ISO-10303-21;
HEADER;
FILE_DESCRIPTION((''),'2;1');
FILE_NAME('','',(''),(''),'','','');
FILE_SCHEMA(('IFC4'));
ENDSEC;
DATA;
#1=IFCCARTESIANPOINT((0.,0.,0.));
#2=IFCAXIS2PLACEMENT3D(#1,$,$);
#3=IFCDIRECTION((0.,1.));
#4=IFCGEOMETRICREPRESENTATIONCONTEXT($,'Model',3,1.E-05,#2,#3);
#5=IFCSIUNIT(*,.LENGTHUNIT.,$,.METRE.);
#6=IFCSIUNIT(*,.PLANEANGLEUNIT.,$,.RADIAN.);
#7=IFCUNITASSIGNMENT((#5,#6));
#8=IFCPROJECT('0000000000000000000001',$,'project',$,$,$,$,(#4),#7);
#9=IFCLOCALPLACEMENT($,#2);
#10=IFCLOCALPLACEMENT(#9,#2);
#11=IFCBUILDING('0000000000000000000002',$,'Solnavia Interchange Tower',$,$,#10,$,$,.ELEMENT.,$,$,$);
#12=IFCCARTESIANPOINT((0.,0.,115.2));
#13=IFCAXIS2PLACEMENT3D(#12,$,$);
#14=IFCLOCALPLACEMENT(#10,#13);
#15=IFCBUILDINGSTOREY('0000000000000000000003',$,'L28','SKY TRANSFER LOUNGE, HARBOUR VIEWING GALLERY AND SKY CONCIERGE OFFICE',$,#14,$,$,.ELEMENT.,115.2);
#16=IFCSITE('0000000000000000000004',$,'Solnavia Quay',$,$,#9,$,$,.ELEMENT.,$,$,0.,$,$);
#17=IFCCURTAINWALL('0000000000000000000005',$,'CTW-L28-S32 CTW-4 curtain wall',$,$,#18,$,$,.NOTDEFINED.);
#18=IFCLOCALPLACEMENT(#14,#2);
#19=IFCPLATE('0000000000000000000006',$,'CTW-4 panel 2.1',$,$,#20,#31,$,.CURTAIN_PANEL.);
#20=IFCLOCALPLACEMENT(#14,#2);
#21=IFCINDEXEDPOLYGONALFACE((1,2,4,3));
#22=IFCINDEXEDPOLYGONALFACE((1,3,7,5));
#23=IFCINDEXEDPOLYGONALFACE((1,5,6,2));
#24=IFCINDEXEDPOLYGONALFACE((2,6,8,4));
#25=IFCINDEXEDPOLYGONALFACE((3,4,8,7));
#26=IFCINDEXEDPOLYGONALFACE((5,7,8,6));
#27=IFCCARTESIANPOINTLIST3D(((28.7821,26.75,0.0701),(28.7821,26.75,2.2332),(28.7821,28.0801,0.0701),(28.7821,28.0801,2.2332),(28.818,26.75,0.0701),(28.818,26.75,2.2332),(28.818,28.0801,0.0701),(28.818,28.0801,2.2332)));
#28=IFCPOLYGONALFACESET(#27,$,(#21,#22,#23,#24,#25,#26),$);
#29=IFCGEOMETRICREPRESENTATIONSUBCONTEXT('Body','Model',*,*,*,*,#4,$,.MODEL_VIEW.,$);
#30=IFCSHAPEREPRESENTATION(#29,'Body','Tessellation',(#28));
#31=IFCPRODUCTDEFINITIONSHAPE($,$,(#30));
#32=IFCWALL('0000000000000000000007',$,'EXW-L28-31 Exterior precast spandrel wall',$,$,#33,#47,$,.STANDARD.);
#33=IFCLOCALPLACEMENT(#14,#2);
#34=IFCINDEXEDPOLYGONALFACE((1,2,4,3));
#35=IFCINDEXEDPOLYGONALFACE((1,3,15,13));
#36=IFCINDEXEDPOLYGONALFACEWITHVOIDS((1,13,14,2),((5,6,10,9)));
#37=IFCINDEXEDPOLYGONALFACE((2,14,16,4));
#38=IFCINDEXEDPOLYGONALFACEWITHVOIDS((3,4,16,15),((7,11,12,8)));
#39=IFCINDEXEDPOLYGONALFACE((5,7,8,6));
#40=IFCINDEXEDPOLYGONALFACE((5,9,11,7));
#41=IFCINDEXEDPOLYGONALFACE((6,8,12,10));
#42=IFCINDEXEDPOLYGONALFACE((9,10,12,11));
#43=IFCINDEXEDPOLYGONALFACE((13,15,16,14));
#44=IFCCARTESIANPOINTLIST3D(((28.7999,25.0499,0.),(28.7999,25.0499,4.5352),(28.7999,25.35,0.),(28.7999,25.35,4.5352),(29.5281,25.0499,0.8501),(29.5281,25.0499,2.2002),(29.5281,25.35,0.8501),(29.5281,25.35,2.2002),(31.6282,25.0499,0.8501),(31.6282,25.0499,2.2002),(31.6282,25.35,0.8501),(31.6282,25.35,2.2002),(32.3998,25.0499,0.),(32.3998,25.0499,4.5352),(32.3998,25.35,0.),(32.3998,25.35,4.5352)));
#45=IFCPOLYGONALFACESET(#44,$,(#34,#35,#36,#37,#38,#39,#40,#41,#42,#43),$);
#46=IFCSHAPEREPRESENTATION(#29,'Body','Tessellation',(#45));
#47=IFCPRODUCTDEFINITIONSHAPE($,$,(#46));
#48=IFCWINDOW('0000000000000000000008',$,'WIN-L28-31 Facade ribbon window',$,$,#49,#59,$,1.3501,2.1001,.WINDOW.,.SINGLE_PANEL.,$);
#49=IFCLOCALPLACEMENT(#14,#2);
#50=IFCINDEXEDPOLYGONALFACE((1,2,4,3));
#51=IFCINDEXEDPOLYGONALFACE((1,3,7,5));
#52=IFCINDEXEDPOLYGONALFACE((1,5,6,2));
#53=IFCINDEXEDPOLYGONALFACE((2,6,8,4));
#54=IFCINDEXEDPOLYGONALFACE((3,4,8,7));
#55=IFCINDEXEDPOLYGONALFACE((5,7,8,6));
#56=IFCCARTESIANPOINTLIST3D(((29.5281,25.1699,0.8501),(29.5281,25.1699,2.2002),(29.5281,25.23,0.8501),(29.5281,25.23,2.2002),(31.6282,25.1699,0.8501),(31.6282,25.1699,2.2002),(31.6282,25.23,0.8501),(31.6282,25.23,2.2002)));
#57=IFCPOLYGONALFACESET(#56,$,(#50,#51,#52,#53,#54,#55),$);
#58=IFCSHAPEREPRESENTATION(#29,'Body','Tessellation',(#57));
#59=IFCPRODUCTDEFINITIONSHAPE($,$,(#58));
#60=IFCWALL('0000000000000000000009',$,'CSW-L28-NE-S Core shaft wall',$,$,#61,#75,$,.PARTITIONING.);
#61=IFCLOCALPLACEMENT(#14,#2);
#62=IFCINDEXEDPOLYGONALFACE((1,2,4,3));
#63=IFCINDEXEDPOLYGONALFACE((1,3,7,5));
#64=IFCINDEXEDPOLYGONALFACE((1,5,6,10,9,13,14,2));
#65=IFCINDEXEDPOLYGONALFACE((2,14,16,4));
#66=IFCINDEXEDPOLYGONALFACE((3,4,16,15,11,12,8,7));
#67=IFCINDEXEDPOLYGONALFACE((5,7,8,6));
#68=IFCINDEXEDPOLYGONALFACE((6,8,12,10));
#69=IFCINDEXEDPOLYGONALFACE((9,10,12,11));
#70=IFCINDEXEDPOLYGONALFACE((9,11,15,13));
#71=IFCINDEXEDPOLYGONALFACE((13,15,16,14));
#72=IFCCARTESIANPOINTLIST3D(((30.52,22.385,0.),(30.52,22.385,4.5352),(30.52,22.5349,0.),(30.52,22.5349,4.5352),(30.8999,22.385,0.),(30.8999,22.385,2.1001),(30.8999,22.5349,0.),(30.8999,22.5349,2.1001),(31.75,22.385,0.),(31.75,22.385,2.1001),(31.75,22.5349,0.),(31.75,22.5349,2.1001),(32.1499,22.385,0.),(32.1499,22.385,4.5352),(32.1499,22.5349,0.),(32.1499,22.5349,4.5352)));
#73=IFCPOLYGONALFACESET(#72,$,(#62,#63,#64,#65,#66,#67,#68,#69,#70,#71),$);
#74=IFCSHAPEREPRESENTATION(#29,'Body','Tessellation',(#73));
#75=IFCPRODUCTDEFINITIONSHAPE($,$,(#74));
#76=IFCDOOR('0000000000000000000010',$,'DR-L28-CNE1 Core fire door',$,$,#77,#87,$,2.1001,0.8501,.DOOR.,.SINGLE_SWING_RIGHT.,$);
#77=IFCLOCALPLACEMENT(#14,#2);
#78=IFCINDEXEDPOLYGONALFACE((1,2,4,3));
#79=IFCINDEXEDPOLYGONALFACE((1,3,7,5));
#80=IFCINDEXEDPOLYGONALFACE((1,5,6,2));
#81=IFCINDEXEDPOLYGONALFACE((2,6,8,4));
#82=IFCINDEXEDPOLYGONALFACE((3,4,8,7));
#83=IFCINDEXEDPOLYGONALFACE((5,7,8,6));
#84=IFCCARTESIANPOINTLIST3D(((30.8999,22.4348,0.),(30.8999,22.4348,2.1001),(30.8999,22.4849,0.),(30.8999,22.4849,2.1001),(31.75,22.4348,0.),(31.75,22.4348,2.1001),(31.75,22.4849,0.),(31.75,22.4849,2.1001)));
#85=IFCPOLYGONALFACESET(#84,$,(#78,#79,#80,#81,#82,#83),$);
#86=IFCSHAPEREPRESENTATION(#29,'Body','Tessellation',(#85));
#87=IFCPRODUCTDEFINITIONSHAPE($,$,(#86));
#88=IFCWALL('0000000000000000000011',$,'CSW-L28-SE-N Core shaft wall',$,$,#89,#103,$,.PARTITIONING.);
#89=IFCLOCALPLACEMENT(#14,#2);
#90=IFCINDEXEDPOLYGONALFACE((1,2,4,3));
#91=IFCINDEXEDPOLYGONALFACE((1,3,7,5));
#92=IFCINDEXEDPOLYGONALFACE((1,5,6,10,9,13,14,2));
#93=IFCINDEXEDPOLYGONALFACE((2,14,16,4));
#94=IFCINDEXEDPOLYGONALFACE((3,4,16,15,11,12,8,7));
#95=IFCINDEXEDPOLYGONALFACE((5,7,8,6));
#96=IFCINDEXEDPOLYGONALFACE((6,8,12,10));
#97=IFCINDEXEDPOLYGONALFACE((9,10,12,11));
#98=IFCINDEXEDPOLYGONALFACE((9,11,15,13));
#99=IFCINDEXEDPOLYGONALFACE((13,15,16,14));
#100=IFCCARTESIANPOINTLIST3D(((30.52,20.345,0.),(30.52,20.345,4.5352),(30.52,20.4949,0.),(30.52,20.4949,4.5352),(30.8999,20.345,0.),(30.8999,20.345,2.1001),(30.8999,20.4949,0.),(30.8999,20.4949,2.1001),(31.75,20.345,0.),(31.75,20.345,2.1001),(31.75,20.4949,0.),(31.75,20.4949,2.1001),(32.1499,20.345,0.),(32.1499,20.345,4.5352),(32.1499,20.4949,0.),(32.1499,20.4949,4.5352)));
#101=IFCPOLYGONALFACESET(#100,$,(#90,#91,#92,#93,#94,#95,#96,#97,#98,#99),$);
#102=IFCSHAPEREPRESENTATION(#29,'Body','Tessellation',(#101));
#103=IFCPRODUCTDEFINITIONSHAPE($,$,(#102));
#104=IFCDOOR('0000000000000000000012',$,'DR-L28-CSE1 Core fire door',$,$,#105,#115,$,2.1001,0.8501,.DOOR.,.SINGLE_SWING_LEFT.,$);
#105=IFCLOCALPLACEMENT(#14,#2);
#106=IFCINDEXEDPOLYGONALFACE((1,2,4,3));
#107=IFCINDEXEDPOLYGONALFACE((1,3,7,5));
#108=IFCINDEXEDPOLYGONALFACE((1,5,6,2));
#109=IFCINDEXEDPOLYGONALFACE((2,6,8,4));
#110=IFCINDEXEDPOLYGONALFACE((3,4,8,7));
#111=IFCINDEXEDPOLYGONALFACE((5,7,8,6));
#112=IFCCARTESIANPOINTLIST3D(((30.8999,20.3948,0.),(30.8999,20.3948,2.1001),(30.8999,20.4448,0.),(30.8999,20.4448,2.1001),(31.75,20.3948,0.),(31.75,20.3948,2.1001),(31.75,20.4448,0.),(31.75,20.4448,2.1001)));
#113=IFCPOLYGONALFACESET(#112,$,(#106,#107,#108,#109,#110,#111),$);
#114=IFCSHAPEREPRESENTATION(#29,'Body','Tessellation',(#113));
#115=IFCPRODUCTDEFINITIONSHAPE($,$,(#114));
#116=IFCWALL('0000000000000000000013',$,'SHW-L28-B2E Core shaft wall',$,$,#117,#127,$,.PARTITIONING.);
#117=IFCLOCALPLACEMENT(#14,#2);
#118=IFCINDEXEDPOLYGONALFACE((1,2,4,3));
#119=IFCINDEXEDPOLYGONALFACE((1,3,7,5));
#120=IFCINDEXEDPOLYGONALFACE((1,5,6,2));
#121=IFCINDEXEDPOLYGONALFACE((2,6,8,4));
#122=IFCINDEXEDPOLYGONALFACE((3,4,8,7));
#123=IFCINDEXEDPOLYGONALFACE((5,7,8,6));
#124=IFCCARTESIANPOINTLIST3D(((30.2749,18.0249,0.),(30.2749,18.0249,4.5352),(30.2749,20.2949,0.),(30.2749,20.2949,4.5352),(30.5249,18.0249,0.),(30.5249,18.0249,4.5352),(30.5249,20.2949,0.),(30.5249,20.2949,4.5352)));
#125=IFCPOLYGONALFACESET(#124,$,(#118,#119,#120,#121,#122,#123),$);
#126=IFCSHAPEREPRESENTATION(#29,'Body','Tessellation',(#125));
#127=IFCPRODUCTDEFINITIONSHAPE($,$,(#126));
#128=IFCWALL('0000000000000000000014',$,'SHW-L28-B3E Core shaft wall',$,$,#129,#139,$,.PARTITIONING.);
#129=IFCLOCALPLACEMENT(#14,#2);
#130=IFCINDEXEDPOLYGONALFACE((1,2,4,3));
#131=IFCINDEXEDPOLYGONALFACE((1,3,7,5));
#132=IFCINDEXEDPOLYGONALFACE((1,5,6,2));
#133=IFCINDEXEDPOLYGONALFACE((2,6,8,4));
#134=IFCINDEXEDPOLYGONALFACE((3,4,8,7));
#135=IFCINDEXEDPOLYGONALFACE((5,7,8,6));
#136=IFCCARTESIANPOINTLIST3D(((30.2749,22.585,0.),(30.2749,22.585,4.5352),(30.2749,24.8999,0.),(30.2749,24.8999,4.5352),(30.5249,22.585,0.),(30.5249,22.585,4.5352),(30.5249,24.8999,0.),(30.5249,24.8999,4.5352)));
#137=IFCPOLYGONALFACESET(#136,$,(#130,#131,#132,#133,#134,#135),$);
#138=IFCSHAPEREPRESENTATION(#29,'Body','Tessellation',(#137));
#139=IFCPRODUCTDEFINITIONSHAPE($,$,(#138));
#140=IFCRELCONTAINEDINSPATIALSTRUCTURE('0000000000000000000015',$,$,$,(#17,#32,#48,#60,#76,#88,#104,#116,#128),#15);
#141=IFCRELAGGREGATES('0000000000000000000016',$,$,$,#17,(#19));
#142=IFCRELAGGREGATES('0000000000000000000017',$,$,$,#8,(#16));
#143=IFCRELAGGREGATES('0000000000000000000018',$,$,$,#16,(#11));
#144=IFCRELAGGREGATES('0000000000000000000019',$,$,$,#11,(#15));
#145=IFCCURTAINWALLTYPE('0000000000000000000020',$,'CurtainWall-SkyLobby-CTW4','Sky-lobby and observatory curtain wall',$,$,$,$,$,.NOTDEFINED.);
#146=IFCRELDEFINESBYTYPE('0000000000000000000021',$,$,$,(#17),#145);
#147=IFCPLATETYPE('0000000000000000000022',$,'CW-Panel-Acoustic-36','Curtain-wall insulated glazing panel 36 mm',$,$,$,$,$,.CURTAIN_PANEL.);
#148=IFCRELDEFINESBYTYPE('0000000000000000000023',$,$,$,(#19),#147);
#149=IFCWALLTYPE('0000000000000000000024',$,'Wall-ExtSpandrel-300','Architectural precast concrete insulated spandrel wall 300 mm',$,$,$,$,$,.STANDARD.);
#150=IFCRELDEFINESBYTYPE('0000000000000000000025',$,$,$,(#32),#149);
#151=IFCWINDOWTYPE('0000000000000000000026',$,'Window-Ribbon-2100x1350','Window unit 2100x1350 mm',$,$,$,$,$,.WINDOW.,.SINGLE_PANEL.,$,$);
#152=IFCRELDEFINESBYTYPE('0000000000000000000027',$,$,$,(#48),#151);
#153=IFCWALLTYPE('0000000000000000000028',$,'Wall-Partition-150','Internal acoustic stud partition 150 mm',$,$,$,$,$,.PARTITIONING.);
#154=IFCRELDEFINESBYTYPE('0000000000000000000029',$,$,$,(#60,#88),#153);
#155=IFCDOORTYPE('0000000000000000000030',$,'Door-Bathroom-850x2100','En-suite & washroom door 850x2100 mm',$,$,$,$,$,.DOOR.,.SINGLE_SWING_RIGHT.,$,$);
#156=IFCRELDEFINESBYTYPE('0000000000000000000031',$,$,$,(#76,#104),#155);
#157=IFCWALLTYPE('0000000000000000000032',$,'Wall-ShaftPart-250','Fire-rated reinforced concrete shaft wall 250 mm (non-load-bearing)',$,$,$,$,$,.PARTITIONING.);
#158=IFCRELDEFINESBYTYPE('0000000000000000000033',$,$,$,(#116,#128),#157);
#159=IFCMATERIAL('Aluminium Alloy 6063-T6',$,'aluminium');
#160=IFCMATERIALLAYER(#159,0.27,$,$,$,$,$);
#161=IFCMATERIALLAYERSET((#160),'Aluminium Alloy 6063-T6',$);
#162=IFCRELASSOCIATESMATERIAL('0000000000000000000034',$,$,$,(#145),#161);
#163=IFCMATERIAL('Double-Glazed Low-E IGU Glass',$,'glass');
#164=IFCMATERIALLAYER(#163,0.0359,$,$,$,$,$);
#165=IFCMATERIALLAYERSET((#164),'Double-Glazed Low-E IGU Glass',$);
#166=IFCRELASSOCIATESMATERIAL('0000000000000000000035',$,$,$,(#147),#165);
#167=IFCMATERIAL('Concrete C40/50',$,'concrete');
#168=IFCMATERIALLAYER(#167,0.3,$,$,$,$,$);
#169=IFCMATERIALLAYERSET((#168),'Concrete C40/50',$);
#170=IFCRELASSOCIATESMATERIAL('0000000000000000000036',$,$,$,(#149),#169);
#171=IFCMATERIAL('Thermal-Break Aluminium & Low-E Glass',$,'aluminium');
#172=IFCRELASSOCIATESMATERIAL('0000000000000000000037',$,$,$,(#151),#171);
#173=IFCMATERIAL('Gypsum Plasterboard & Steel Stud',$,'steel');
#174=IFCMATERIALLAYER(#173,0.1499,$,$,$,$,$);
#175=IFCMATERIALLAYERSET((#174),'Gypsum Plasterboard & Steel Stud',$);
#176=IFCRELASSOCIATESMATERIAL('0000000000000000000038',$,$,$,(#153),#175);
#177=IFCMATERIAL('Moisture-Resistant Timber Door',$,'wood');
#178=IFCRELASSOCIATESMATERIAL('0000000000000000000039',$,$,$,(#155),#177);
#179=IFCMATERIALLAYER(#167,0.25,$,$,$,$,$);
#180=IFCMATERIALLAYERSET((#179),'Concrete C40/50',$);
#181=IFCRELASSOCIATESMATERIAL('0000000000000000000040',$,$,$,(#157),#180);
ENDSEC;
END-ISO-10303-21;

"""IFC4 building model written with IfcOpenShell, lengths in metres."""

from ifc_helpers import new_model, si_unit, direction, frame, frame_2d, origin, origin_2d, place, context, subcontext, project, spatial, rectangle, extrude, material, layer, layer_set, type_object, element, fill, aggregate, save


model = new_model("IFC4")

# Units and contexts
model_context = context("Model", 3, precision=1e-05, world=origin(), true_north=direction((0.0, 1.0)))
body_context = subcontext(model_context, "Body", "Model", "MODEL_VIEW")
ifc_project = project(units=[si_unit("LENGTHUNIT", "METRE"), si_unit("PLANEANGLEUNIT", "RADIAN")], contexts=[model_context])

# Site, building, storey
site_placement = place(None, origin())
site = spatial("IfcSite", under=ifc_project, at=site_placement, Name="Solnavia Quay", CompositionType="ELEMENT", RefElevation=0.0)
building_placement = place(site_placement, origin())
building = spatial("IfcBuilding", under=site, at=building_placement, Name="Solnavia Interchange Tower", CompositionType="ELEMENT")
storey_placement = place(building_placement, frame((0.0, 0.0, 115.2)))
storey = spatial("IfcBuildingStorey", under=building, at=storey_placement, Name="L28", Description="SKY TRANSFER LOUNGE, HARBOUR VIEWING GALLERY AND SKY CONCIERGE OFFICE", CompositionType="ELEMENT", Elevation=115.2)

# Curtain wall
ifc_material_1 = material(Name="Aluminium Alloy 6063-T6", Category="aluminium")
ifc_layer_1 = layer(ifc_material_1, 0.27)
ifc_layer_set_1 = layer_set([ifc_layer_1], Name="Aluminium Alloy 6063-T6")
curtain_wall_type = type_object("IfcCurtainWallType", Name="CurtainWall-SkyLobby-CTW4", Description="Sky-lobby and observatory curtain wall", PredefinedType="NOTDEFINED", material=ifc_layer_set_1)
curtain_wall_1_placement = place(storey_placement, origin())
curtain_wall_1 = element("IfcCurtainWall", 1, at=curtain_wall_1_placement, inside=storey, type_object=curtain_wall_type, Name="CTW-L28-S32 CTW-4 curtain wall", PredefinedType="NOTDEFINED")

# Plate
ifc_material_2 = material(Name="Double-Glazed Low-E IGU Glass", Category="glass")
ifc_layer_2 = layer(ifc_material_2, 0.0359)
ifc_layer_set_2 = layer_set([ifc_layer_2], Name="Double-Glazed Low-E IGU Glass")
plate_type = type_object("IfcPlateType", Name="CW-Panel-Acoustic-36", Description="Curtain-wall insulated glazing panel 36 mm", PredefinedType="CURTAIN_PANEL", material=ifc_layer_set_2)
plate_1_placement = place(storey_placement, frame((28.8, 27.415, 0.0701), z_axis=(0.0, 0.0, 1.0), x_axis=(0.0, 1.0, 0.0)))
plate_1 = element("IfcPlate", 2, at=plate_1_placement, type_object=plate_type, Name="CTW-4 panel 2.1", PredefinedType="CURTAIN_PANEL", context=body_context, shape_type="SweptSolid", body=[
    extrude(rectangle(XDim=1.3301, YDim=0.0359, at=origin_2d()), origin(), (0.0, 0.0, 1.0), 2.1631),
])
aggregate(curtain_wall_1, [plate_1])

# Wall, opening, window
ifc_material_3 = material(Name="Concrete C40/50", Category="concrete")
ifc_layer_3 = layer(ifc_material_3, 0.3)
ifc_layer_set_3 = layer_set([ifc_layer_3], Name="Concrete C40/50")
wall_type_1 = type_object("IfcWallType", Name="Wall-ExtSpandrel-300", Description="Architectural precast concrete insulated spandrel wall 300 mm", PredefinedType="STANDARD", material=ifc_layer_set_3)
wall_1_placement = place(storey_placement, frame((28.8, 25.2, 0.0), z_axis=(0.0, 0.0, 1.0), x_axis=(1.0, 0.0, 0.0)))
wall_1 = element("IfcWall", 3, at=wall_1_placement, inside=storey, type_object=wall_type_1, Name="EXW-L28-31 Exterior precast spandrel wall", PredefinedType="STANDARD", context=body_context, shape_type="SweptSolid", body=[
    extrude(rectangle(XDim=3.5999, YDim=0.3, at=frame_2d((1.7998, 0.0))), origin(), (0.0, 0.0, 1.0), 4.5352),
])
opening_1_placement = place(wall_1_placement, frame((0.728, 0.0, 0.8501)))
opening_1 = element("IfcOpeningElement", 4, at=opening_1_placement, cuts=wall_1, PredefinedType="OPENING", context=body_context, shape_type="SweptSolid", body=[
    extrude(rectangle(XDim=2.1001, YDim=1.3501, at=frame_2d((1.05, 0.675))), frame((0.0, 0.1602, 0.0), z_axis=(0.0, -1.0, 0.0), x_axis=(1.0, 0.0, 0.0)), (0.0, 0.0, 1.0), 0.3201),
])
ifc_material_4 = material(Name="Thermal-Break Aluminium & Low-E Glass", Category="aluminium")
window_type = type_object("IfcWindowType", Name="Window-Ribbon-2100x1350", Description="Window unit 2100x1350 mm", PartitioningType="SINGLE_PANEL", PredefinedType="WINDOW", material=ifc_material_4)
window_placement = place(opening_1_placement, origin())
window = element("IfcWindow", 5, at=window_placement, inside=storey, type_object=window_type, Name="WIN-L28-31 Facade ribbon window", OverallHeight=1.3501, OverallWidth=2.1001, PartitioningType="SINGLE_PANEL", PredefinedType="WINDOW", context=body_context, shape_type="SweptSolid", body=[
    extrude(rectangle(XDim=2.1001, YDim=1.3501, at=frame_2d((1.05, 0.675))), frame((0.0, 0.03, 0.0), z_axis=(0.0, -1.0, 0.0), x_axis=(1.0, 0.0, 0.0)), (0.0, 0.0, 1.0), 0.0601),
])
fill(opening_1, window)

# Walls, openings, doors
ifc_material_5 = material(Name="Gypsum Plasterboard & Steel Stud", Category="steel")
ifc_layer_4 = layer(ifc_material_5, 0.1499)
ifc_layer_set_4 = layer_set([ifc_layer_4], Name="Gypsum Plasterboard & Steel Stud")
wall_type_2 = type_object("IfcWallType", Name="Wall-Partition-150", Description="Internal acoustic stud partition 150 mm", PredefinedType="PARTITIONING", material=ifc_layer_set_4)
wall_2_placement = place(storey_placement, frame((30.52, 22.46, 0.0), z_axis=(0.0, 0.0, 1.0), x_axis=(1.0, 0.0, 0.0)))
wall_2 = element("IfcWall", 6, at=wall_2_placement, inside=storey, type_object=wall_type_2, Name="CSW-L28-NE-S Core shaft wall", PredefinedType="PARTITIONING", context=body_context, shape_type="SweptSolid", body=[
    extrude(rectangle(XDim=1.6299, YDim=0.1499, at=frame_2d((0.8149, 0.0))), origin(), (0.0, 0.0, 1.0), 4.5352),
])
opening_2_placement = place(wall_2_placement, frame((0.3799, 0.0, 0.0)))
opening_2 = element("IfcOpeningElement", 7, at=opening_2_placement, cuts=wall_2, PredefinedType="OPENING", context=body_context, shape_type="SweptSolid", body=[
    extrude(rectangle(XDim=0.8501, YDim=2.1001, at=frame_2d((0.425, 1.05))), frame((0.0, 0.085, 0.0), z_axis=(0.0, -1.0, 0.0), x_axis=(1.0, 0.0, 0.0)), (0.0, 0.0, 1.0), 0.1699),
])
ifc_material_6 = material(Name="Moisture-Resistant Timber Door", Category="wood")
door_type = type_object("IfcDoorType", Name="Door-Bathroom-850x2100", Description="En-suite & washroom door 850x2100 mm", OperationType="SINGLE_SWING_RIGHT", PredefinedType="DOOR", material=ifc_material_6)
door_1_placement = place(opening_2_placement, origin())
door_1 = element("IfcDoor", 8, at=door_1_placement, inside=storey, type_object=door_type, Name="DR-L28-CNE1 Core fire door", OperationType="SINGLE_SWING_RIGHT", OverallHeight=2.1001, OverallWidth=0.8501, PredefinedType="DOOR", context=body_context, shape_type="SweptSolid", body=[
    extrude(rectangle(XDim=0.8501, YDim=2.1001, at=frame_2d((0.425, 1.05))), frame((0.0, 0.0249, 0.0), z_axis=(0.0, -1.0, 0.0), x_axis=(1.0, 0.0, 0.0)), (0.0, 0.0, 1.0), 0.05),
])
fill(opening_2, door_1)
wall_3_placement = place(storey_placement, frame((30.52, 20.4199, 0.0), z_axis=(0.0, 0.0, 1.0), x_axis=(1.0, 0.0, 0.0)))
wall_3 = element("IfcWall", 9, at=wall_3_placement, inside=storey, type_object=wall_type_2, Name="CSW-L28-SE-N Core shaft wall", PredefinedType="PARTITIONING", context=body_context, shape_type="SweptSolid", body=[
    extrude(rectangle(XDim=1.6299, YDim=0.1499, at=frame_2d((0.8149, 0.0))), origin(), (0.0, 0.0, 1.0), 4.5352),
])
opening_3_placement = place(wall_3_placement, frame((0.3799, 0.0, 0.0)))
opening_3 = element("IfcOpeningElement", 10, at=opening_3_placement, cuts=wall_3, PredefinedType="OPENING", context=body_context, shape_type="SweptSolid", body=[
    extrude(rectangle(XDim=0.8501, YDim=2.1001, at=frame_2d((0.425, 1.05))), frame((0.0, 0.085, 0.0), z_axis=(0.0, -1.0, 0.0), x_axis=(1.0, 0.0, 0.0)), (0.0, 0.0, 1.0), 0.1699),
])
door_2_placement = place(opening_3_placement, origin())
door_2 = element("IfcDoor", 11, at=door_2_placement, inside=storey, type_object=door_type, Name="DR-L28-CSE1 Core fire door", OperationType="SINGLE_SWING_LEFT", OverallHeight=2.1001, OverallWidth=0.8501, PredefinedType="DOOR", context=body_context, shape_type="SweptSolid", body=[
    extrude(rectangle(XDim=0.8501, YDim=2.1001, at=frame_2d((0.425, 1.05))), frame((0.0, 0.0249, 0.0), z_axis=(0.0, -1.0, 0.0), x_axis=(1.0, 0.0, 0.0)), (0.0, 0.0, 1.0), 0.05),
])
fill(opening_3, door_2)

# Walls
ifc_layer_5 = layer(ifc_material_3, 0.25)
ifc_layer_set_5 = layer_set([ifc_layer_5], Name="Concrete C40/50")
wall_type_3 = type_object("IfcWallType", Name="Wall-ShaftPart-250", Description="Fire-rated reinforced concrete shaft wall 250 mm (non-load-bearing)", PredefinedType="PARTITIONING", material=ifc_layer_set_5)
wall_4_placement = place(storey_placement, frame((30.3999, 18.0249, 0.0), z_axis=(0.0, 0.0, 1.0), x_axis=(0.0, 1.0, 0.0)))
element("IfcWall", 12, at=wall_4_placement, inside=storey, type_object=wall_type_3, Name="SHW-L28-B2E Core shaft wall", PredefinedType="PARTITIONING", context=body_context, shape_type="SweptSolid", body=[
    extrude(rectangle(XDim=2.27, YDim=0.25, at=frame_2d((1.135, 0.0))), origin(), (0.0, 0.0, 1.0), 4.5352),
])
wall_5_placement = place(storey_placement, frame((30.3999, 22.585, 0.0), z_axis=(0.0, 0.0, 1.0), x_axis=(0.0, 1.0, 0.0)))
element("IfcWall", 13, at=wall_5_placement, inside=storey, type_object=wall_type_3, Name="SHW-L28-B3E Core shaft wall", PredefinedType="PARTITIONING", context=body_context, shape_type="SweptSolid", body=[
    extrude(rectangle(XDim=2.3149, YDim=0.25, at=frame_2d((1.1575, 0.0))), origin(), (0.0, 0.0, 1.0), 4.5352),
])

save(model, "model.ifc")
